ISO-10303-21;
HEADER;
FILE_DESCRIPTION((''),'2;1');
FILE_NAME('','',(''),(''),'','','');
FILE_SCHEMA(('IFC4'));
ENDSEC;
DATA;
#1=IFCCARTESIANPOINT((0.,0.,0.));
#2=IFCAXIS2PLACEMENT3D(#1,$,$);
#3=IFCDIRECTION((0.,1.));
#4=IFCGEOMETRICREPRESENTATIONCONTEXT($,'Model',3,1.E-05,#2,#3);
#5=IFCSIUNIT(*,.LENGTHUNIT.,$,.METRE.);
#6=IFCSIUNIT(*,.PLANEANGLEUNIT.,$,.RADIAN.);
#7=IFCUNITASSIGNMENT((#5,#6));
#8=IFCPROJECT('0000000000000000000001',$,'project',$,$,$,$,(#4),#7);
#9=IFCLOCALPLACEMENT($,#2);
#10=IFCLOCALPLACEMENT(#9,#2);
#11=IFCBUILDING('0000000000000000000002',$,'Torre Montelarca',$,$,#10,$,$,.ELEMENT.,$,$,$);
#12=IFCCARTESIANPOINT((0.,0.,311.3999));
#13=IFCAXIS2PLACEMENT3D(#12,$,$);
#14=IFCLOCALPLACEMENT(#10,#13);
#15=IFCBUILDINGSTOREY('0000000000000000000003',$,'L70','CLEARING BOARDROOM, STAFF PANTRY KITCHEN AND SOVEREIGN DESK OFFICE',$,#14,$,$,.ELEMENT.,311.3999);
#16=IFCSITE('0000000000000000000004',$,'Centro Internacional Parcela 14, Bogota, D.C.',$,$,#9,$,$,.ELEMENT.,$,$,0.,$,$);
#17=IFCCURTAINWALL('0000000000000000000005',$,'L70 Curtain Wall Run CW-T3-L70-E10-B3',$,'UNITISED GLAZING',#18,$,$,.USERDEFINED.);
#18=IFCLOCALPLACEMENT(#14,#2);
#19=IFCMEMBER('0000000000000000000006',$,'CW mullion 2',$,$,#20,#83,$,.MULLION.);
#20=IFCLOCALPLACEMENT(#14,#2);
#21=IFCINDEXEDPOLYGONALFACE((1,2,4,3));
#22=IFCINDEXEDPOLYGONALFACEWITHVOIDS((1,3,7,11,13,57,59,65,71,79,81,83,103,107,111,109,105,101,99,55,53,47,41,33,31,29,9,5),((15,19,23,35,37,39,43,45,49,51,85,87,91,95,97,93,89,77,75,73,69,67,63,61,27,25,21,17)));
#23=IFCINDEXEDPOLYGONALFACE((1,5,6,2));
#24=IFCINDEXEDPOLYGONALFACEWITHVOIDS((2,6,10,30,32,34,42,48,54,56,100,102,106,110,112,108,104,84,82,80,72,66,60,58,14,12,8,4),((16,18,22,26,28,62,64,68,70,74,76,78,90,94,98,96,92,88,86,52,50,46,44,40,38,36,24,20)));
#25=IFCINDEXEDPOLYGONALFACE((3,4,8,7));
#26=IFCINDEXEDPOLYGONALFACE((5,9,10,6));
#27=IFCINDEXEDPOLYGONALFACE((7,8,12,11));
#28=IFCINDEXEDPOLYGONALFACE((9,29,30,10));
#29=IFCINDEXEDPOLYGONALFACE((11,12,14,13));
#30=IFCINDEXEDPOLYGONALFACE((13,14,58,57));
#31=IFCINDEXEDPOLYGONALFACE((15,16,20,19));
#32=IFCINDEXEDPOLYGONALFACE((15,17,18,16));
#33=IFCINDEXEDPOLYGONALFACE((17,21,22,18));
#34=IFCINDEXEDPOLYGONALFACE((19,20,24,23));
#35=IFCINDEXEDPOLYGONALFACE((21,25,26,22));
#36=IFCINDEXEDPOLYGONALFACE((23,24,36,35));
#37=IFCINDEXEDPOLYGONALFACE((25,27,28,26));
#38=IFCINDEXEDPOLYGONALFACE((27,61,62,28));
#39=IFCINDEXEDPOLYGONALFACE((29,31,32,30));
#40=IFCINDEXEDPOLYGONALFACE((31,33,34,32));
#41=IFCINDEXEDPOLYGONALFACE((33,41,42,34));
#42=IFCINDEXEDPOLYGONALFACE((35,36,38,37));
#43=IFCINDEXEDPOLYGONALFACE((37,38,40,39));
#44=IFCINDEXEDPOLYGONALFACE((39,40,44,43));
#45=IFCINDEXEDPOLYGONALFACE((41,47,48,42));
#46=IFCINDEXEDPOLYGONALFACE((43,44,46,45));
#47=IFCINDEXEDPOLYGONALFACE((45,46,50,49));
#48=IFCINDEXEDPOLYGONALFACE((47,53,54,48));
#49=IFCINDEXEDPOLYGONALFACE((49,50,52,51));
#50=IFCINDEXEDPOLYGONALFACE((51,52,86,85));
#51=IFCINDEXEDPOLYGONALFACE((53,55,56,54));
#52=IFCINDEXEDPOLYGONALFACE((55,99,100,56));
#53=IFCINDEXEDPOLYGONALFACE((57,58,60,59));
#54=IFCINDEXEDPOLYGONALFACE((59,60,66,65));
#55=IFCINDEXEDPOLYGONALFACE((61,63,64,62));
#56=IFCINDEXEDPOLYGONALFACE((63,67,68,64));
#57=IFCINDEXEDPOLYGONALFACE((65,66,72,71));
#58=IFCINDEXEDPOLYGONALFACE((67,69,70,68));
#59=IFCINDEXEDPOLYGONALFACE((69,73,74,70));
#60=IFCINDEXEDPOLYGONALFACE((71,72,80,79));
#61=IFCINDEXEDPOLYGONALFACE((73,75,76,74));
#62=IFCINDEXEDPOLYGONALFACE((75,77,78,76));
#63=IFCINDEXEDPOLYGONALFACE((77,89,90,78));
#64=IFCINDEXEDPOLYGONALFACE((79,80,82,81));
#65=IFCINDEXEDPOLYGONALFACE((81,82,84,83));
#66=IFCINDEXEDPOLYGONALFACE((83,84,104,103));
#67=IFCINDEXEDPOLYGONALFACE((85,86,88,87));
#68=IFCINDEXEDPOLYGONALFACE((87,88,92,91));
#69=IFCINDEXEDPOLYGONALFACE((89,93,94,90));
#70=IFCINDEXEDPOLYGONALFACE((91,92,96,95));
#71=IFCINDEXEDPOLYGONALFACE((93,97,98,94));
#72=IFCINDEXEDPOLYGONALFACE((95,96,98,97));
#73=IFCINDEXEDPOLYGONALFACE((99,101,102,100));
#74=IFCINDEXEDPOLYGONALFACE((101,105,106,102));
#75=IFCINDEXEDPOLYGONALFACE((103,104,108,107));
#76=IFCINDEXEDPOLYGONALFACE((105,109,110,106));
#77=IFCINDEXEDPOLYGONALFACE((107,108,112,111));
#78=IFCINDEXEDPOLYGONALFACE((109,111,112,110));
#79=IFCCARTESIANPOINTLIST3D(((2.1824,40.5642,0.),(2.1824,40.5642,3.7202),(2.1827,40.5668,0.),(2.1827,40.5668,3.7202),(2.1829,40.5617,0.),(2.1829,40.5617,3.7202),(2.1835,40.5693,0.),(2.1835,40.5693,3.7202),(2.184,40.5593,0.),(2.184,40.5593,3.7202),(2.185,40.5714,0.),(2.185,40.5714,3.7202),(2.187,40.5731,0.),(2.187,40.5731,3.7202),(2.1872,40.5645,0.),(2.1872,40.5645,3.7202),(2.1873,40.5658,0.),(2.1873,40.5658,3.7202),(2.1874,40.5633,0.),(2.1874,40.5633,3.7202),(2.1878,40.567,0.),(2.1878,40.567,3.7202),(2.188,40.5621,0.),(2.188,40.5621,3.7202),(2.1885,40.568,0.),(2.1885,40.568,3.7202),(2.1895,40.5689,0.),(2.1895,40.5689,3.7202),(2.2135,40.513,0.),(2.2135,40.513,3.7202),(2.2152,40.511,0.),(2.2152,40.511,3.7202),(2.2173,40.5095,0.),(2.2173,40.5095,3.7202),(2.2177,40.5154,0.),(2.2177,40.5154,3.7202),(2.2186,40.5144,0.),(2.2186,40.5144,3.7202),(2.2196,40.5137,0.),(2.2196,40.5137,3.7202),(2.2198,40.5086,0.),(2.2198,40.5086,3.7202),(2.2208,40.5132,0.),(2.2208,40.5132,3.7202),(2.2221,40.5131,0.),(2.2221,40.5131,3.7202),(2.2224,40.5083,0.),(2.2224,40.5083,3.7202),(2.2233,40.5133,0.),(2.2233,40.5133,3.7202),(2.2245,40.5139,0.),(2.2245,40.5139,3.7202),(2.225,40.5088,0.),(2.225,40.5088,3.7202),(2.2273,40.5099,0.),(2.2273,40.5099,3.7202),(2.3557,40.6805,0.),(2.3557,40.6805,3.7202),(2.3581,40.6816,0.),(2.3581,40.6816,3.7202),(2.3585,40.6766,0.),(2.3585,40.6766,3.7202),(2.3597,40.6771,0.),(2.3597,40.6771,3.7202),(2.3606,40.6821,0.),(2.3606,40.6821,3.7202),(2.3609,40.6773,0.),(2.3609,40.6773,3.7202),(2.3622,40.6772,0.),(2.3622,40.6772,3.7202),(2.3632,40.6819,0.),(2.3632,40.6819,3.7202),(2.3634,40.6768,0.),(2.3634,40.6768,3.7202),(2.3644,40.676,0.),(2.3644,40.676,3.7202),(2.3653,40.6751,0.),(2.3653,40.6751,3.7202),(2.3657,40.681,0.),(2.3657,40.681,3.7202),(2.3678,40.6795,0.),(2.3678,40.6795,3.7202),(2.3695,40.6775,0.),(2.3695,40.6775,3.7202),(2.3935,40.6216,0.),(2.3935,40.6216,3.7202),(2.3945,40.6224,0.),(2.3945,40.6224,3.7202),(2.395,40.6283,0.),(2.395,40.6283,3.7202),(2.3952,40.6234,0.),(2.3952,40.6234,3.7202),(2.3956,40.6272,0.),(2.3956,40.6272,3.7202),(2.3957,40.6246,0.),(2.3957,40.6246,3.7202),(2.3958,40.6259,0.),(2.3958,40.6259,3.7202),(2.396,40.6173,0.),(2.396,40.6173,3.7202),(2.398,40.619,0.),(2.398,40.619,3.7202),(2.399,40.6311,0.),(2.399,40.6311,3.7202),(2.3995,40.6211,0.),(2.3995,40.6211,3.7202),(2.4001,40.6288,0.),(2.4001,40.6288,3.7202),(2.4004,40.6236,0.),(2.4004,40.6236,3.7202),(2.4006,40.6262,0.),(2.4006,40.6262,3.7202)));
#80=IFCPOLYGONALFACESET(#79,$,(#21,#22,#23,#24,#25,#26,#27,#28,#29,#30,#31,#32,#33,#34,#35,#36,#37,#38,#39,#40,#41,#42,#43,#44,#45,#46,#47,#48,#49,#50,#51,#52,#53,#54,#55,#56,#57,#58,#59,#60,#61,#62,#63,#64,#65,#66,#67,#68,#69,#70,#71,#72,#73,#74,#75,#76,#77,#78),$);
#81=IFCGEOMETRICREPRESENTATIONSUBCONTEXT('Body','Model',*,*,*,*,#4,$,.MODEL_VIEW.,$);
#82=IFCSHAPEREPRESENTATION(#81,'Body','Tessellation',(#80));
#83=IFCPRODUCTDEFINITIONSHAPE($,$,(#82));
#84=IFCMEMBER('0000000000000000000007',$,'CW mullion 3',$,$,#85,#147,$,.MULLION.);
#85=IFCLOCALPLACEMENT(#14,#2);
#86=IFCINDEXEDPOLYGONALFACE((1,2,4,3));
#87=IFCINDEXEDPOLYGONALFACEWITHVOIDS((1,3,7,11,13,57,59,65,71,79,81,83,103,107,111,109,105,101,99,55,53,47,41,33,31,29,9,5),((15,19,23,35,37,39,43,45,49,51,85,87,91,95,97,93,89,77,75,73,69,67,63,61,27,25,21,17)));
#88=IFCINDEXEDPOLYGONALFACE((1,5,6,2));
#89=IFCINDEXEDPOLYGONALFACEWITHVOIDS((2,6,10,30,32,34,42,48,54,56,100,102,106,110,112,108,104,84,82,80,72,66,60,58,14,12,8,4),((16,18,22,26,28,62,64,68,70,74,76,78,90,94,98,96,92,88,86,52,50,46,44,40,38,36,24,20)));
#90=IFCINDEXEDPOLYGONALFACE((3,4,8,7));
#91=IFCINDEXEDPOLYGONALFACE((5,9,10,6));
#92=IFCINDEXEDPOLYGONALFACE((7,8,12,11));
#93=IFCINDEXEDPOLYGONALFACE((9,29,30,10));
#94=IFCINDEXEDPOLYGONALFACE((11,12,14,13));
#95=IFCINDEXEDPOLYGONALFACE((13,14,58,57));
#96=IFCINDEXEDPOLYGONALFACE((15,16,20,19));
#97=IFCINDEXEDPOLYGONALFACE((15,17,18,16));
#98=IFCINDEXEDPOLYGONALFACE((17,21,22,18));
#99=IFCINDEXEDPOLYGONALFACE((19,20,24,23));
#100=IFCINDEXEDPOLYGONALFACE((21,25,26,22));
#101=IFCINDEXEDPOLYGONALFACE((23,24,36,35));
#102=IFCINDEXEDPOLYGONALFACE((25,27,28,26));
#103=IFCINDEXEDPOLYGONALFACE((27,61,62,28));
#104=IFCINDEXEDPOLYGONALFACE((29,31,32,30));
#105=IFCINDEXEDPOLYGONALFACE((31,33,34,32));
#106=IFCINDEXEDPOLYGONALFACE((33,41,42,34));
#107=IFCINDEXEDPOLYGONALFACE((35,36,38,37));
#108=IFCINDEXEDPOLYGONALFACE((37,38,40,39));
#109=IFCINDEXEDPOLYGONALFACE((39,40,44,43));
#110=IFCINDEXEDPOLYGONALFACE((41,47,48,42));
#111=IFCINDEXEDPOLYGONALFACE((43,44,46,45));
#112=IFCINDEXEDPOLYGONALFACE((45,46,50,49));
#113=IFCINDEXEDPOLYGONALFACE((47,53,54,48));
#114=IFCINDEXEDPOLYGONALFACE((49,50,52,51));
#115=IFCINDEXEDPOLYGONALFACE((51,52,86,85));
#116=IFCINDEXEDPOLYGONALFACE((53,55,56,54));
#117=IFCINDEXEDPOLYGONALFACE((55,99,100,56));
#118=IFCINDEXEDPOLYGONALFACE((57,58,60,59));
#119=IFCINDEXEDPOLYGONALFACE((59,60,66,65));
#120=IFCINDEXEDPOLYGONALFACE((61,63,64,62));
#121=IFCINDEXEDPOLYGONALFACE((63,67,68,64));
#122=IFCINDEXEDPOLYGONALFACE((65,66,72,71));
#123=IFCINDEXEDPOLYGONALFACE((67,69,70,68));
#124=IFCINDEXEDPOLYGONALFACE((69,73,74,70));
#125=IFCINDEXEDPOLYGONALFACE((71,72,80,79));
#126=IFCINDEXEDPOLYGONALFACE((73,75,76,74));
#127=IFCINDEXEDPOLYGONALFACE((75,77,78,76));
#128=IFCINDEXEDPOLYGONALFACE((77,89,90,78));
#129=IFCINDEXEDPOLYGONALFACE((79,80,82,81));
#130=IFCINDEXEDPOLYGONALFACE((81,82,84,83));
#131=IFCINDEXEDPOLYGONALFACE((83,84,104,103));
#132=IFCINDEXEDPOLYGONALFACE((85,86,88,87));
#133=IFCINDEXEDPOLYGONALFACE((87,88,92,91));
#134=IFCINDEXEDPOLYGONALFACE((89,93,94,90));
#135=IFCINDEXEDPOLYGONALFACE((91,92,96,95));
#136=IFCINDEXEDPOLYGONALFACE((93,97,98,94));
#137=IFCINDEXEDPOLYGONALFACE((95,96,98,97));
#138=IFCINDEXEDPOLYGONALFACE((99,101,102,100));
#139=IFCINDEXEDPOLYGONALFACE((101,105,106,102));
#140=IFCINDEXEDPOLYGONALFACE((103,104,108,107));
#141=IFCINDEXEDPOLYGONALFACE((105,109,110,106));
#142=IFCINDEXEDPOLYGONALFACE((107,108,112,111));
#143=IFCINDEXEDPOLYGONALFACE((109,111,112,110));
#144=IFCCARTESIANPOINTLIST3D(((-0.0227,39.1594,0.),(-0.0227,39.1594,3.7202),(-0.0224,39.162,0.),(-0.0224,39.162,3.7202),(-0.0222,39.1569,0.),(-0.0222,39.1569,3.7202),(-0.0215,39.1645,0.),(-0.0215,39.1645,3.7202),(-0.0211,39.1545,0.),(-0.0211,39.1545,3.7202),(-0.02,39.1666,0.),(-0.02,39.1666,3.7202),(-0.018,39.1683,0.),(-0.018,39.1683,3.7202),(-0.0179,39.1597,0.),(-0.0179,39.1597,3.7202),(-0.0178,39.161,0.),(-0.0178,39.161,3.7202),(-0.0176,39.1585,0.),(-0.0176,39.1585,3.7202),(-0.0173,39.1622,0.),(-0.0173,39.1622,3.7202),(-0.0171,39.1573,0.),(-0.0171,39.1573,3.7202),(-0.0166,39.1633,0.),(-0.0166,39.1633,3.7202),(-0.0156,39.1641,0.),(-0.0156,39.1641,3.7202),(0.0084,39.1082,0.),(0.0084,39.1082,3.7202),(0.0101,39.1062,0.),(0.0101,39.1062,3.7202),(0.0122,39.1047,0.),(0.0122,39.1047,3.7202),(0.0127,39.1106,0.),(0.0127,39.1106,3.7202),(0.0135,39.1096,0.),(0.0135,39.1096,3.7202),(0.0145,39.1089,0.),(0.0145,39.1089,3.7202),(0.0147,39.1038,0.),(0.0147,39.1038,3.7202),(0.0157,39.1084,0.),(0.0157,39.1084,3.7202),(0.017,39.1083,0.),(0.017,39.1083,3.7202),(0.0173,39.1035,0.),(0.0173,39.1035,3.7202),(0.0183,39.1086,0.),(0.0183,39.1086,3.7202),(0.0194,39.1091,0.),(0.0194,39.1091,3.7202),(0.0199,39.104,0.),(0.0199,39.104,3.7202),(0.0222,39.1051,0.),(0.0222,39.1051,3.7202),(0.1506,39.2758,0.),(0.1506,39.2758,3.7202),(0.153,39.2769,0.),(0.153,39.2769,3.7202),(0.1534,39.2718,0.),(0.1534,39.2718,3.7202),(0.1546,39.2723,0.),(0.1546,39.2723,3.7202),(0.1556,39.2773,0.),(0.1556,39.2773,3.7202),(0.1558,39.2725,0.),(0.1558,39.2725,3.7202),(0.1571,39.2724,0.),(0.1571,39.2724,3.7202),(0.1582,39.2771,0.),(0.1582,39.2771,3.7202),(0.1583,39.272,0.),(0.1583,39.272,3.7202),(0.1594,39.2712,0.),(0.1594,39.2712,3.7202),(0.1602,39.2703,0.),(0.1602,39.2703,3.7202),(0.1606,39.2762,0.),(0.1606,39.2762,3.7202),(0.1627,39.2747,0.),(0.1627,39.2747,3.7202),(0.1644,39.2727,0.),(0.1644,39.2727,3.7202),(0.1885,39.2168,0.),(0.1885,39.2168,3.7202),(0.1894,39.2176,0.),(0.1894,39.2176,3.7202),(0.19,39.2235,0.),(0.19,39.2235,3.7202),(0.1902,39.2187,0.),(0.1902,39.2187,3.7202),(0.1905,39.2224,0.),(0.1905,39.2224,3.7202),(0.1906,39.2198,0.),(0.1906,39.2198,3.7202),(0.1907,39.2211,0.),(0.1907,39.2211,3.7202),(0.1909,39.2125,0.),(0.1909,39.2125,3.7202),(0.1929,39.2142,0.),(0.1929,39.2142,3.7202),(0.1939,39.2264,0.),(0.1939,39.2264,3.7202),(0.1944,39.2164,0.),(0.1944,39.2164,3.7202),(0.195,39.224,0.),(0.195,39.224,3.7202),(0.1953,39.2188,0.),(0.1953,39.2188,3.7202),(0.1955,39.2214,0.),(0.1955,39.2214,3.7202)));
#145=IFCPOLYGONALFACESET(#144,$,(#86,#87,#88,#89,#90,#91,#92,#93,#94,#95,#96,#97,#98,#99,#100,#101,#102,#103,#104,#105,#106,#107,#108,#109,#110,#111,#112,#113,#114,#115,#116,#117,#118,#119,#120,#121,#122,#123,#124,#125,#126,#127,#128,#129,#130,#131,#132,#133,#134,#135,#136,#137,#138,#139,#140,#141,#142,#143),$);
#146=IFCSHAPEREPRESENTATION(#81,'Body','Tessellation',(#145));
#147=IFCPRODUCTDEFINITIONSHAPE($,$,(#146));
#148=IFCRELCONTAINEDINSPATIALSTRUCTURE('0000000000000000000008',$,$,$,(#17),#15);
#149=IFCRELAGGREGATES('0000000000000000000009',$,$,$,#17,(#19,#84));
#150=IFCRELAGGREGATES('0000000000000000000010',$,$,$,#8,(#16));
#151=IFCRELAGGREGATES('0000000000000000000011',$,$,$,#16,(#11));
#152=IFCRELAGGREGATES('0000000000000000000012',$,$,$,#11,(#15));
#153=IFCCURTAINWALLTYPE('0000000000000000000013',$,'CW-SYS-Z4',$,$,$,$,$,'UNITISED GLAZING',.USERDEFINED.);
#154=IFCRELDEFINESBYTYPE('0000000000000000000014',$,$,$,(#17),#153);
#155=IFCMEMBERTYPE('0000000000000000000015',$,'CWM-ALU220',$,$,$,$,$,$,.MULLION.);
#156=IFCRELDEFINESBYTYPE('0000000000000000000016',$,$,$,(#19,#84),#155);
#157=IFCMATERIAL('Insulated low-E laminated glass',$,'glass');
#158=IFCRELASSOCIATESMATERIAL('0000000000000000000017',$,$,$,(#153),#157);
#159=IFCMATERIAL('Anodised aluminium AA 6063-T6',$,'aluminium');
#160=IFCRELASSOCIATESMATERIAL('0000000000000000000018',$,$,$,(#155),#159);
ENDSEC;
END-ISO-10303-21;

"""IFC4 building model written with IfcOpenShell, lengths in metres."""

from ifc_helpers import new_model, si_unit, direction, frame, origin, origin_2d, place, context, subcontext, project, spatial, hollow_rectangle, extrude, source, transform, mapped, material, material_profile, profile_set, type_object, element, aggregate, save


model = new_model("IFC4")

# Units and contexts
model_context = context("Model", 3, precision=1e-05, world=origin(), true_north=direction((0.0, 1.0)))
body_context = subcontext(model_context, "Body", "Model", "MODEL_VIEW")
ifc_project = project(units=[si_unit("LENGTHUNIT", "METRE"), si_unit("PLANEANGLEUNIT", "RADIAN")], contexts=[model_context])

# Site, building, storey
site_placement = place(None, origin())
site = spatial("IfcSite", under=ifc_project, at=site_placement, Name="Centro Internacional Parcela 14, Bogota, D.C.", CompositionType="ELEMENT", RefElevation=0.0)
building_placement = place(site_placement, origin())
building = spatial("IfcBuilding", under=site, at=building_placement, Name="Torre Montelarca", CompositionType="ELEMENT")
storey_placement = place(building_placement, frame((0.0, 0.0, 311.3999)))
storey = spatial("IfcBuildingStorey", under=building, at=storey_placement, Name="L70", Description="CLEARING BOARDROOM, STAFF PANTRY KITCHEN AND SOVEREIGN DESK OFFICE", CompositionType="ELEMENT", Elevation=311.3999)

# Curtain wall, members
ifc_material_1 = material(Name="Insulated low-E laminated glass", Category="glass")
curtain_wall_type = type_object("IfcCurtainWallType", Name="CW-SYS-Z4", ElementType="UNITISED GLAZING", PredefinedType="USERDEFINED", material=ifc_material_1)
ifc_material_2 = material(Name="Anodised aluminium AA 6063-T6", Category="aluminium")
ifc_material_profile_1 = material_profile(ifc_material_2, hollow_rectangle(XDim=0.075, YDim=0.22, WallThickness=0.0049, InnerFilletRadius=0.0049, OuterFilletRadius=0.01, at=origin_2d()), Name="ALU75X220X5", Category="aluminium")
ifc_profile_set_1 = profile_set([ifc_material_profile_1], Name="Anodised aluminium AA 6063-T6")
member_type_1 = type_object("IfcMemberType", Name="CWM-ALU220", PredefinedType="MULLION", material=ifc_profile_set_1)
shared_shape_1 = source(origin(), body_context, "Body", "SweptSolid", [
    extrude(hollow_rectangle(XDim=0.075, YDim=0.22, WallThickness=0.0049, InnerFilletRadius=0.0049, OuterFilletRadius=0.01, at=origin_2d()), origin(), (0.0, 0.0, 1.0), 3.7202),
])
curtain_wall_1_placement = place(storey_placement, origin())
curtain_wall_1 = element("IfcCurtainWall", 1, at=curtain_wall_1_placement, inside=storey, type_object=curtain_wall_type, Name="L70 Curtain Wall Run CW-T3-L70-E10-B3", ObjectType="UNITISED GLAZING", PredefinedType="USERDEFINED")
member_1_placement = place(storey_placement, frame((2.2915, 40.5952, 0.0), z_axis=(0.0, 0.0, 1.0), x_axis=(0.537295, -0.843394, 0.0)))
member_1 = element("IfcMember", 2, at=member_1_placement, type_object=member_type_1, Name="CW mullion 2", PredefinedType="MULLION", context=body_context, shape_type="MappedRepresentation", body=[
    mapped(shared_shape_1, transform((0.0, 0.0, 0.0), scale=1.0)),
])
member_2_placement = place(storey_placement, frame((0.0864, 39.1904, 0.0), z_axis=(0.0, 0.0, 1.0), x_axis=(0.537295, -0.843394, 0.0)))
member_2 = element("IfcMember", 3, at=member_2_placement, type_object=member_type_1, Name="CW mullion 3", PredefinedType="MULLION", context=body_context, shape_type="MappedRepresentation", body=[
    mapped(shared_shape_1, transform((0.0, 0.0, 0.0), scale=1.0)),
])

aggregate(curtain_wall_1, [member_1, member_2])

save(model, "model.ifc")
